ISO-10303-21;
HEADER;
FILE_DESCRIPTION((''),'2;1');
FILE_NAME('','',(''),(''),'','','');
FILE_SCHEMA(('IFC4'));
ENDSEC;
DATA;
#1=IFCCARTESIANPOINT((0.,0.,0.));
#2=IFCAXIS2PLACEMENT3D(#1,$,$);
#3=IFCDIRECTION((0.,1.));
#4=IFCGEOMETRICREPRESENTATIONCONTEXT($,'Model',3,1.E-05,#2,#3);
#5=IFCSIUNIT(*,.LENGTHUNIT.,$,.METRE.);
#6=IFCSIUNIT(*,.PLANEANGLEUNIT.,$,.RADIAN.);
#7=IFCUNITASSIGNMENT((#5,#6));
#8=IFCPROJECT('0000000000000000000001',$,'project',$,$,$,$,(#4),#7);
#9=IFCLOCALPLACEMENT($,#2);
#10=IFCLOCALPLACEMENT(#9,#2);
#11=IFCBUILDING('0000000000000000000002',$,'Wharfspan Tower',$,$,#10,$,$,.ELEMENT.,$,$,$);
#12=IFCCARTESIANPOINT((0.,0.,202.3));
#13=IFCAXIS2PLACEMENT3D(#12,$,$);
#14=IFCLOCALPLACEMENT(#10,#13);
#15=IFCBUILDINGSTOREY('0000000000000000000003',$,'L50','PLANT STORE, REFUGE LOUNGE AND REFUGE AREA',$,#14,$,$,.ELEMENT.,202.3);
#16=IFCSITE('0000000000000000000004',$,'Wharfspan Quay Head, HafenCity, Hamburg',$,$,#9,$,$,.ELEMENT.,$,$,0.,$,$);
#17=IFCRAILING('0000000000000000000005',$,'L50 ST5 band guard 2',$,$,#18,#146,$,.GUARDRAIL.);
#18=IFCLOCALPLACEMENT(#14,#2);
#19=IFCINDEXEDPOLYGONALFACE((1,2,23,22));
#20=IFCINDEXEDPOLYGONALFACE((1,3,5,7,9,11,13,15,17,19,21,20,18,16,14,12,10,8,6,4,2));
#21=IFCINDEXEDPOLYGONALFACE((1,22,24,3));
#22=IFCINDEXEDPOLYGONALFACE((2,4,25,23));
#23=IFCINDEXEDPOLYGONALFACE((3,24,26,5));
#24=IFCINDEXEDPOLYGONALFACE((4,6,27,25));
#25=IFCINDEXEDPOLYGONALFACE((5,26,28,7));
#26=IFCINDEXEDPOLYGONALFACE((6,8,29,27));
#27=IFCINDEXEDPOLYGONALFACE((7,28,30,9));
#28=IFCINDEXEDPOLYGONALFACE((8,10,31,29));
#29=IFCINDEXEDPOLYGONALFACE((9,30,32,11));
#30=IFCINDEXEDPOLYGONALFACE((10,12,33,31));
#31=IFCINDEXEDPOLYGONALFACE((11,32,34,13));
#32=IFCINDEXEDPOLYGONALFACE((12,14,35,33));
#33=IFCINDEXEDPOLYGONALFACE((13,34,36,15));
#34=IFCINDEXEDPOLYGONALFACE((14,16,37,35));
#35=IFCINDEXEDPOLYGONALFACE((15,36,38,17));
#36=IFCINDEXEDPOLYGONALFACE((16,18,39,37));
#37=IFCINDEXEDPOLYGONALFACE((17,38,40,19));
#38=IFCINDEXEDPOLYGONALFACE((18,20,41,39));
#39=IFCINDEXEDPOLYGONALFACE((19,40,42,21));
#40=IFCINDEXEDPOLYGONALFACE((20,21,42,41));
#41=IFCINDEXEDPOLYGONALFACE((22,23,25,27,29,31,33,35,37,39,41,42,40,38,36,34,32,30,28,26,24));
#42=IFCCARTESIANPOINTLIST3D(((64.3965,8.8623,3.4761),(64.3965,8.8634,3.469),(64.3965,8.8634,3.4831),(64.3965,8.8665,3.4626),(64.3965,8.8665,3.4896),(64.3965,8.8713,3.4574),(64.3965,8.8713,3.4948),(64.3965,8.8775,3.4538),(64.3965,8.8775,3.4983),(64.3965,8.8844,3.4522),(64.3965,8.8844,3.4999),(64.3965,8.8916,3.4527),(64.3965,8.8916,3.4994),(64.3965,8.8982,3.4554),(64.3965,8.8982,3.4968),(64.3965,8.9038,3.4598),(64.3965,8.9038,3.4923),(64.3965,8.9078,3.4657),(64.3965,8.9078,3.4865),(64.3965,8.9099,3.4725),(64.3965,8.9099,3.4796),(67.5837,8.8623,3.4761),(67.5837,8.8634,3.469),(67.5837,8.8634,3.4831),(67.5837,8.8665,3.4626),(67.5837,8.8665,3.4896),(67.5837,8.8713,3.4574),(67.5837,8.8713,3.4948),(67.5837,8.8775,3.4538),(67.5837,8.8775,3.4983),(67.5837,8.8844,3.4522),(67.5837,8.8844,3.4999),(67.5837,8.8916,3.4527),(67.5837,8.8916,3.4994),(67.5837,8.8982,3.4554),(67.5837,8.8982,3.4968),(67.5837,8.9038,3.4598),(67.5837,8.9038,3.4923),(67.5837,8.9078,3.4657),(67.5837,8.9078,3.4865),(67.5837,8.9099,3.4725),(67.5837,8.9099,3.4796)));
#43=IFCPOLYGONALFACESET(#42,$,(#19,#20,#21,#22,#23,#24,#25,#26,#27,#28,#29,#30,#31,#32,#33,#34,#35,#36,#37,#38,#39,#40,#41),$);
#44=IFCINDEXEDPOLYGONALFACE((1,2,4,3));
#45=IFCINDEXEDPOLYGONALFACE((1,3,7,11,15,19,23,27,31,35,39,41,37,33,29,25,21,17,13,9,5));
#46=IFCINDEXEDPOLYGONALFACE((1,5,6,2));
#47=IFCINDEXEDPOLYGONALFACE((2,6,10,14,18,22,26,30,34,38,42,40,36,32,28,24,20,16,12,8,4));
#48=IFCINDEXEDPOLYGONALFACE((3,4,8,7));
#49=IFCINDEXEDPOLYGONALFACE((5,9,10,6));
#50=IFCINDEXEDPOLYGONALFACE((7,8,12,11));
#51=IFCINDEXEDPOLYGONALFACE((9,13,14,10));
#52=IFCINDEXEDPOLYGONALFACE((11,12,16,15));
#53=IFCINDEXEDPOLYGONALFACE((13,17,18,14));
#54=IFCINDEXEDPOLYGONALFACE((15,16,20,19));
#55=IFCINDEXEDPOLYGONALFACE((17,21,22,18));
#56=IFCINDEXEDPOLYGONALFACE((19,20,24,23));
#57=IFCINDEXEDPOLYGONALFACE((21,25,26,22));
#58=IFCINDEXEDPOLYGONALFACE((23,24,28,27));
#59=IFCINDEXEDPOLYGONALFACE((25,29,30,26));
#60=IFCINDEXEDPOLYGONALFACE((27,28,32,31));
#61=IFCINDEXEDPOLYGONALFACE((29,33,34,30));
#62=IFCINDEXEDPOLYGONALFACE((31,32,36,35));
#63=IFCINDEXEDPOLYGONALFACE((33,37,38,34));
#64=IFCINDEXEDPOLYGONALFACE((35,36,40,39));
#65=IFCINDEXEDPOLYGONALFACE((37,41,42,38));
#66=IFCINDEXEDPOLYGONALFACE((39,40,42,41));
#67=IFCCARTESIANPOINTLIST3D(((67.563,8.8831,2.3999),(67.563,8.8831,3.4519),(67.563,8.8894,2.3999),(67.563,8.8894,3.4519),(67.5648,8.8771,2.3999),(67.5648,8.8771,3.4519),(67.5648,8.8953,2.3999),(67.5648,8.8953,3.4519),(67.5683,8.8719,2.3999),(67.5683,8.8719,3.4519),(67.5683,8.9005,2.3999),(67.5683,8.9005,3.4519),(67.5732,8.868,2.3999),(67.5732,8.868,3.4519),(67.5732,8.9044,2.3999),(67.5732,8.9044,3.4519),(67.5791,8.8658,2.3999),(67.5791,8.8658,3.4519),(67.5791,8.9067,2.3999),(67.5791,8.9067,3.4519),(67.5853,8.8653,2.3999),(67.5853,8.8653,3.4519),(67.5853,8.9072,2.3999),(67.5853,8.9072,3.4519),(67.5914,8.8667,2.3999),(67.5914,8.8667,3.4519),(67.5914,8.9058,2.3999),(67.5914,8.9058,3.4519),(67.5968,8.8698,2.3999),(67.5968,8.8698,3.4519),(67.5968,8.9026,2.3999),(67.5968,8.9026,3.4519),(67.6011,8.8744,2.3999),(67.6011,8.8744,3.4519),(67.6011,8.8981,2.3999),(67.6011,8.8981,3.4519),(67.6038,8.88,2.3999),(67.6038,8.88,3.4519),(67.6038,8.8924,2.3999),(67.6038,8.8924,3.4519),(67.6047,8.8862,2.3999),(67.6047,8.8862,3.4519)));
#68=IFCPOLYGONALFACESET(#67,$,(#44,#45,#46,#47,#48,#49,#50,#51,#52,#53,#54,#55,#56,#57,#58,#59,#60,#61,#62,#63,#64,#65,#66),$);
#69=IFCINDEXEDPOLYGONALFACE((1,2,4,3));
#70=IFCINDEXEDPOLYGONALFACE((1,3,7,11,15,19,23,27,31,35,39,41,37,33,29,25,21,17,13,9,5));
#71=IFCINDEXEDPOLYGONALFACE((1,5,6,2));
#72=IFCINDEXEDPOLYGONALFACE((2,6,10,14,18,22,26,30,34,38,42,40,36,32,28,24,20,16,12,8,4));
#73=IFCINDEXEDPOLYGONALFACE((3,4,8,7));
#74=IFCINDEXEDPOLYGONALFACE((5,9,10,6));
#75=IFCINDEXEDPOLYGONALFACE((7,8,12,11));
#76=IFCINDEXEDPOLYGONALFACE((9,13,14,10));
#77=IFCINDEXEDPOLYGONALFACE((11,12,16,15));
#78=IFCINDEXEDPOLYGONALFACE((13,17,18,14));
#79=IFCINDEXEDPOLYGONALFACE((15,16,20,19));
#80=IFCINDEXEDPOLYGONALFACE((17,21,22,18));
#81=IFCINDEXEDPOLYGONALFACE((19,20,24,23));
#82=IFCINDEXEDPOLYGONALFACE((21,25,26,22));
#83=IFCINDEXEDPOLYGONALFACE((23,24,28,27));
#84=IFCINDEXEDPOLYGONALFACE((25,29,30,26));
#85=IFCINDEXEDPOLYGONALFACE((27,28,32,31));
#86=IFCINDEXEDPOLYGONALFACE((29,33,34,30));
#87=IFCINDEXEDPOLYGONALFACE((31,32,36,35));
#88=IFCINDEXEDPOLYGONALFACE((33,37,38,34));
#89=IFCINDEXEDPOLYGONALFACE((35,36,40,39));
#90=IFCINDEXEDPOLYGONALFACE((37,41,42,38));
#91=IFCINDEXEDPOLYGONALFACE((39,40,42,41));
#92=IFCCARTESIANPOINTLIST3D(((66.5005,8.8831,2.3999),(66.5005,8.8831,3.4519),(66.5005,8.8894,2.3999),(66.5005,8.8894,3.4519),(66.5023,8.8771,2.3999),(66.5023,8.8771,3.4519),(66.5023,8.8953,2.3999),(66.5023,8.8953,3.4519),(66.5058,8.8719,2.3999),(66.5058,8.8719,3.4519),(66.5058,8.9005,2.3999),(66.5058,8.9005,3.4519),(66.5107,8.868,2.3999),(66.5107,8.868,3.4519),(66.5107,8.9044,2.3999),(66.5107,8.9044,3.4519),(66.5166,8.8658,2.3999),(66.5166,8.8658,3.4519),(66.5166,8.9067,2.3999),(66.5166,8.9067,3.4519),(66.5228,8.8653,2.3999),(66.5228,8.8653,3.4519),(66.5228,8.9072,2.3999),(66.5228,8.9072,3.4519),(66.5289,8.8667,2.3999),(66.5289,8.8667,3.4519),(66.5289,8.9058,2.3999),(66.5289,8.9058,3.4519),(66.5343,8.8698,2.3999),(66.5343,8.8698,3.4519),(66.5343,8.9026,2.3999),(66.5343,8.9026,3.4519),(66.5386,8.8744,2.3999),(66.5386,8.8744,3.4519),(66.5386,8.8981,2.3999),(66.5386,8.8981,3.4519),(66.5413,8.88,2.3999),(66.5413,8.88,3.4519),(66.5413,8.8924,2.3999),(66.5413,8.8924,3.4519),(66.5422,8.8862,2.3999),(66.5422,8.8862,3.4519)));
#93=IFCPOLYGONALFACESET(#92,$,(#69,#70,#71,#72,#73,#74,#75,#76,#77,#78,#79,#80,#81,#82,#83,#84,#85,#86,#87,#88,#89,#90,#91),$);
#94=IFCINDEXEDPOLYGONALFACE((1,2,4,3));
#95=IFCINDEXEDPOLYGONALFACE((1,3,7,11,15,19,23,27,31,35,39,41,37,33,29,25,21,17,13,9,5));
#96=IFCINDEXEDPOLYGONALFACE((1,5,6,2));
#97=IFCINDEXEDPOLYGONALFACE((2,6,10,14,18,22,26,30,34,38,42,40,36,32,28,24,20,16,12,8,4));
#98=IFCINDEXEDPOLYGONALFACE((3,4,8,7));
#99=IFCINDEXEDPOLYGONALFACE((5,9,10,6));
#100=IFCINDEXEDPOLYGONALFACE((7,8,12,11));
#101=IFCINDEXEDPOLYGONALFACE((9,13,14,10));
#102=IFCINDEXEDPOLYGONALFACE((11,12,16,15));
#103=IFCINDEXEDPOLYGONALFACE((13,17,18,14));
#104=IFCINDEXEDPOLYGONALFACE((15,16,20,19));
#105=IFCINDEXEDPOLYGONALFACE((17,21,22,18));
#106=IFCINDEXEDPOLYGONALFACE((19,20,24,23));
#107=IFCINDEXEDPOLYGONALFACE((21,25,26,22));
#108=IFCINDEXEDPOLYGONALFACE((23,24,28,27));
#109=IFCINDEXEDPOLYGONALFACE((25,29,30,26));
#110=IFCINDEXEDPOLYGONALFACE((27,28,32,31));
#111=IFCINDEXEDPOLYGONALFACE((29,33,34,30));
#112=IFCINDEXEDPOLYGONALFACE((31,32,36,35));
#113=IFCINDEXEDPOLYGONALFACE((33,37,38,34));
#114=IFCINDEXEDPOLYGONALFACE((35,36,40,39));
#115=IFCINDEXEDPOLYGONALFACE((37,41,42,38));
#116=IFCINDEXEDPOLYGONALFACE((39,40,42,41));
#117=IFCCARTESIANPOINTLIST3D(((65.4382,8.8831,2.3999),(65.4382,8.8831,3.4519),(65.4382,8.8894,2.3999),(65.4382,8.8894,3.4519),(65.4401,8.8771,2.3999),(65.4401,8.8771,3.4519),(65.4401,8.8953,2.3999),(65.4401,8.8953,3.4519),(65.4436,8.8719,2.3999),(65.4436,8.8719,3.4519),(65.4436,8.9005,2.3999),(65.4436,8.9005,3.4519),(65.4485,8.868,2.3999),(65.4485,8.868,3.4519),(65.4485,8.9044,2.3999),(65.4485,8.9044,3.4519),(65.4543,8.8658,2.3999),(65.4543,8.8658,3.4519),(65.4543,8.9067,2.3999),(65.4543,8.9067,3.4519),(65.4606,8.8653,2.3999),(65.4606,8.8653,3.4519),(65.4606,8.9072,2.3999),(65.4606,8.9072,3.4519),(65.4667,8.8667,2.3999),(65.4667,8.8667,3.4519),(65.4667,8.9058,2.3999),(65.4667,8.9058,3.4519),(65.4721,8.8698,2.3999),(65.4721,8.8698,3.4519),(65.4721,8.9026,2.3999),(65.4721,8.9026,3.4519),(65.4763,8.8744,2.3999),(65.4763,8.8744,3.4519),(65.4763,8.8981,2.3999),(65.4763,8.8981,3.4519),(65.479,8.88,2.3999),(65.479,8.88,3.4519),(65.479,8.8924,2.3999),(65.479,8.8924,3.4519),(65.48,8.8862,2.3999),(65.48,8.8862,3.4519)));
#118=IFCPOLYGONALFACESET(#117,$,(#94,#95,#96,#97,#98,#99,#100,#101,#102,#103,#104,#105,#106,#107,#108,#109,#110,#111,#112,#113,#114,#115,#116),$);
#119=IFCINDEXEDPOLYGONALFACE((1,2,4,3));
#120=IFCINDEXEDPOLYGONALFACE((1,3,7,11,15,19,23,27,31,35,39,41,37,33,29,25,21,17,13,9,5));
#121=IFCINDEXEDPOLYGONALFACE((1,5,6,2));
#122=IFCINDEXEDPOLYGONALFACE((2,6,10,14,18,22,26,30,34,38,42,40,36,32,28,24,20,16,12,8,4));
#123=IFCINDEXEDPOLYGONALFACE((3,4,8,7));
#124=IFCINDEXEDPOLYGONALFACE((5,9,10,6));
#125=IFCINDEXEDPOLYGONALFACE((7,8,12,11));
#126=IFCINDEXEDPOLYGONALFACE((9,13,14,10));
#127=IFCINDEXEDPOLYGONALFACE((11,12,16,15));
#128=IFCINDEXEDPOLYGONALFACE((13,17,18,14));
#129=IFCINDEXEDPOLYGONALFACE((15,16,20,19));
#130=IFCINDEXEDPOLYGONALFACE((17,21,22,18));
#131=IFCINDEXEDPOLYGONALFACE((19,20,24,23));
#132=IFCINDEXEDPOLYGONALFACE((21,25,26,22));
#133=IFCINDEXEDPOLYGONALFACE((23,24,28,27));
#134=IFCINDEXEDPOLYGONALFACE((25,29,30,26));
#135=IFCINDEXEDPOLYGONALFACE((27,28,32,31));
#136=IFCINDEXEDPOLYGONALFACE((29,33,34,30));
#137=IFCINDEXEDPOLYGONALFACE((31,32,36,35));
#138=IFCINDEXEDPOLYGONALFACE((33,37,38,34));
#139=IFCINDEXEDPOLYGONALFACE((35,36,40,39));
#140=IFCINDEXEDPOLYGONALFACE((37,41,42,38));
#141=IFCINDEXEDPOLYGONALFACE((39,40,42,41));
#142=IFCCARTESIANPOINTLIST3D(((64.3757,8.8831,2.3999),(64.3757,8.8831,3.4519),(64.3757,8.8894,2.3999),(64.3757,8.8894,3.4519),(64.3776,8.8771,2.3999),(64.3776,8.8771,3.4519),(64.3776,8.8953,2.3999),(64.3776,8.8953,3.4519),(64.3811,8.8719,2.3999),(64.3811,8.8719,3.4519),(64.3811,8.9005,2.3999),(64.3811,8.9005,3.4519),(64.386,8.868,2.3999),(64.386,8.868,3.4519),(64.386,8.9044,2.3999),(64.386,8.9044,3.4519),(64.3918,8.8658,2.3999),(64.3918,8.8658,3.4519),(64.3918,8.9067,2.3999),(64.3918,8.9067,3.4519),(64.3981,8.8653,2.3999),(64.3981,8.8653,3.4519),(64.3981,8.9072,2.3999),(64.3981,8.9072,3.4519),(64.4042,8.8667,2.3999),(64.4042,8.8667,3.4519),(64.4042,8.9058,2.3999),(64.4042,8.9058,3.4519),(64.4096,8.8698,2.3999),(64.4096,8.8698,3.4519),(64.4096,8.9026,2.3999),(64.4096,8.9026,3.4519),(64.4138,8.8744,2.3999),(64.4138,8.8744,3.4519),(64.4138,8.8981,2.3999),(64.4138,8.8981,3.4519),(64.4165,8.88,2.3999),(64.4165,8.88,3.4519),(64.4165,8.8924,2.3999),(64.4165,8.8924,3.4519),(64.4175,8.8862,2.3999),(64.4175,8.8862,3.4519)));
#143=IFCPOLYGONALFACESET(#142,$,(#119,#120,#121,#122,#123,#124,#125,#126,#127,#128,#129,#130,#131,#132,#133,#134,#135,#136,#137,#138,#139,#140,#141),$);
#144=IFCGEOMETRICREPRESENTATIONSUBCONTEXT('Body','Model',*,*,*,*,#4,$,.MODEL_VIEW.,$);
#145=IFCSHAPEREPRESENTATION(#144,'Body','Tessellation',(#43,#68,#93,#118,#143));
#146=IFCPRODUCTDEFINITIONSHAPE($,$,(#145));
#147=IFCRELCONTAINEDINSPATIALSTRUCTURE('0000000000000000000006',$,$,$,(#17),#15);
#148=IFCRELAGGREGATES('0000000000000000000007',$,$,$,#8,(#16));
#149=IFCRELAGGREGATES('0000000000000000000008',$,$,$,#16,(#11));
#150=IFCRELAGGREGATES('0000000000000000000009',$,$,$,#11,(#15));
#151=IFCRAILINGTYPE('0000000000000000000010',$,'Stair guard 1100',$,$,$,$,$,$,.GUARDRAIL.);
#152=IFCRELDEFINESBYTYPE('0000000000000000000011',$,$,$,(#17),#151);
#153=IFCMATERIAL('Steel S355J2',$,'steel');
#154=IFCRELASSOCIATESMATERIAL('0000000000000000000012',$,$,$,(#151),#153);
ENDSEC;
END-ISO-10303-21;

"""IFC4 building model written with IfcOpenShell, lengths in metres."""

from ifc_helpers import new_model, si_unit, direction, frame, origin, origin_2d, place, context, subcontext, project, spatial, circle, extrude, material, type_object, element, save


model = new_model("IFC4")

# Units and contexts
model_context = context("Model", 3, precision=1e-05, world=origin(), true_north=direction((0.0, 1.0)))
body_context = subcontext(model_context, "Body", "Model", "MODEL_VIEW")
ifc_project = project(units=[si_unit("LENGTHUNIT", "METRE"), si_unit("PLANEANGLEUNIT", "RADIAN")], contexts=[model_context])

# Site, building, storey
site_placement = place(None, origin())
site = spatial("IfcSite", under=ifc_project, at=site_placement, Name="Wharfspan Quay Head, HafenCity, Hamburg", CompositionType="ELEMENT", RefElevation=0.0)
building_placement = place(site_placement, origin())
building = spatial("IfcBuilding", under=site, at=building_placement, Name="Wharfspan Tower", CompositionType="ELEMENT")
storey_placement = place(building_placement, frame((0.0, 0.0, 202.3)))
storey = spatial("IfcBuildingStorey", under=building, at=storey_placement, Name="L50", Description="PLANT STORE, REFUGE LOUNGE AND REFUGE AREA", CompositionType="ELEMENT", Elevation=202.3)

# Shared definitions
ifc_material_1 = material(Name="Steel S355J2", Category="steel")

# Railing
railing_type_1 = type_object("IfcRailingType", Name="Stair guard 1100", PredefinedType="GUARDRAIL", material=ifc_material_1)
railing_1_placement = place(storey_placement, frame((67.5837, 8.8862, 2.3999)))
element("IfcRailing", 1, at=railing_1_placement, inside=storey, type_object=railing_type_1, Name="L50 ST5 band guard 2", PredefinedType="GUARDRAIL", context=body_context, shape_type="SweptSolid", body=[
    extrude(circle(Radius=0.0239, at=origin_2d()), frame((0.0, 0.0, 1.0762), z_axis=(-1.0, 0.0, 0.0), x_axis=(0.0, -1.0, 0.0)), (0.0, 0.0, 1.0), 3.1873),
    extrude(circle(Radius=0.021, at=origin_2d()), origin(), (0.0, 0.0, 1.0), 1.052),
    extrude(circle(Radius=0.021, at=origin_2d()), frame((-1.0625, 0.0, 0.0)), (0.0, 0.0, 1.0), 1.052),
    extrude(circle(Radius=0.021, at=origin_2d()), frame((-2.1248, 0.0, 0.0)), (0.0, 0.0, 1.0), 1.052),
    extrude(circle(Radius=0.021, at=origin_2d()), frame((-3.1873, 0.0, 0.0)), (0.0, 0.0, 1.0), 1.052),
])

save(model, "model.ifc")
